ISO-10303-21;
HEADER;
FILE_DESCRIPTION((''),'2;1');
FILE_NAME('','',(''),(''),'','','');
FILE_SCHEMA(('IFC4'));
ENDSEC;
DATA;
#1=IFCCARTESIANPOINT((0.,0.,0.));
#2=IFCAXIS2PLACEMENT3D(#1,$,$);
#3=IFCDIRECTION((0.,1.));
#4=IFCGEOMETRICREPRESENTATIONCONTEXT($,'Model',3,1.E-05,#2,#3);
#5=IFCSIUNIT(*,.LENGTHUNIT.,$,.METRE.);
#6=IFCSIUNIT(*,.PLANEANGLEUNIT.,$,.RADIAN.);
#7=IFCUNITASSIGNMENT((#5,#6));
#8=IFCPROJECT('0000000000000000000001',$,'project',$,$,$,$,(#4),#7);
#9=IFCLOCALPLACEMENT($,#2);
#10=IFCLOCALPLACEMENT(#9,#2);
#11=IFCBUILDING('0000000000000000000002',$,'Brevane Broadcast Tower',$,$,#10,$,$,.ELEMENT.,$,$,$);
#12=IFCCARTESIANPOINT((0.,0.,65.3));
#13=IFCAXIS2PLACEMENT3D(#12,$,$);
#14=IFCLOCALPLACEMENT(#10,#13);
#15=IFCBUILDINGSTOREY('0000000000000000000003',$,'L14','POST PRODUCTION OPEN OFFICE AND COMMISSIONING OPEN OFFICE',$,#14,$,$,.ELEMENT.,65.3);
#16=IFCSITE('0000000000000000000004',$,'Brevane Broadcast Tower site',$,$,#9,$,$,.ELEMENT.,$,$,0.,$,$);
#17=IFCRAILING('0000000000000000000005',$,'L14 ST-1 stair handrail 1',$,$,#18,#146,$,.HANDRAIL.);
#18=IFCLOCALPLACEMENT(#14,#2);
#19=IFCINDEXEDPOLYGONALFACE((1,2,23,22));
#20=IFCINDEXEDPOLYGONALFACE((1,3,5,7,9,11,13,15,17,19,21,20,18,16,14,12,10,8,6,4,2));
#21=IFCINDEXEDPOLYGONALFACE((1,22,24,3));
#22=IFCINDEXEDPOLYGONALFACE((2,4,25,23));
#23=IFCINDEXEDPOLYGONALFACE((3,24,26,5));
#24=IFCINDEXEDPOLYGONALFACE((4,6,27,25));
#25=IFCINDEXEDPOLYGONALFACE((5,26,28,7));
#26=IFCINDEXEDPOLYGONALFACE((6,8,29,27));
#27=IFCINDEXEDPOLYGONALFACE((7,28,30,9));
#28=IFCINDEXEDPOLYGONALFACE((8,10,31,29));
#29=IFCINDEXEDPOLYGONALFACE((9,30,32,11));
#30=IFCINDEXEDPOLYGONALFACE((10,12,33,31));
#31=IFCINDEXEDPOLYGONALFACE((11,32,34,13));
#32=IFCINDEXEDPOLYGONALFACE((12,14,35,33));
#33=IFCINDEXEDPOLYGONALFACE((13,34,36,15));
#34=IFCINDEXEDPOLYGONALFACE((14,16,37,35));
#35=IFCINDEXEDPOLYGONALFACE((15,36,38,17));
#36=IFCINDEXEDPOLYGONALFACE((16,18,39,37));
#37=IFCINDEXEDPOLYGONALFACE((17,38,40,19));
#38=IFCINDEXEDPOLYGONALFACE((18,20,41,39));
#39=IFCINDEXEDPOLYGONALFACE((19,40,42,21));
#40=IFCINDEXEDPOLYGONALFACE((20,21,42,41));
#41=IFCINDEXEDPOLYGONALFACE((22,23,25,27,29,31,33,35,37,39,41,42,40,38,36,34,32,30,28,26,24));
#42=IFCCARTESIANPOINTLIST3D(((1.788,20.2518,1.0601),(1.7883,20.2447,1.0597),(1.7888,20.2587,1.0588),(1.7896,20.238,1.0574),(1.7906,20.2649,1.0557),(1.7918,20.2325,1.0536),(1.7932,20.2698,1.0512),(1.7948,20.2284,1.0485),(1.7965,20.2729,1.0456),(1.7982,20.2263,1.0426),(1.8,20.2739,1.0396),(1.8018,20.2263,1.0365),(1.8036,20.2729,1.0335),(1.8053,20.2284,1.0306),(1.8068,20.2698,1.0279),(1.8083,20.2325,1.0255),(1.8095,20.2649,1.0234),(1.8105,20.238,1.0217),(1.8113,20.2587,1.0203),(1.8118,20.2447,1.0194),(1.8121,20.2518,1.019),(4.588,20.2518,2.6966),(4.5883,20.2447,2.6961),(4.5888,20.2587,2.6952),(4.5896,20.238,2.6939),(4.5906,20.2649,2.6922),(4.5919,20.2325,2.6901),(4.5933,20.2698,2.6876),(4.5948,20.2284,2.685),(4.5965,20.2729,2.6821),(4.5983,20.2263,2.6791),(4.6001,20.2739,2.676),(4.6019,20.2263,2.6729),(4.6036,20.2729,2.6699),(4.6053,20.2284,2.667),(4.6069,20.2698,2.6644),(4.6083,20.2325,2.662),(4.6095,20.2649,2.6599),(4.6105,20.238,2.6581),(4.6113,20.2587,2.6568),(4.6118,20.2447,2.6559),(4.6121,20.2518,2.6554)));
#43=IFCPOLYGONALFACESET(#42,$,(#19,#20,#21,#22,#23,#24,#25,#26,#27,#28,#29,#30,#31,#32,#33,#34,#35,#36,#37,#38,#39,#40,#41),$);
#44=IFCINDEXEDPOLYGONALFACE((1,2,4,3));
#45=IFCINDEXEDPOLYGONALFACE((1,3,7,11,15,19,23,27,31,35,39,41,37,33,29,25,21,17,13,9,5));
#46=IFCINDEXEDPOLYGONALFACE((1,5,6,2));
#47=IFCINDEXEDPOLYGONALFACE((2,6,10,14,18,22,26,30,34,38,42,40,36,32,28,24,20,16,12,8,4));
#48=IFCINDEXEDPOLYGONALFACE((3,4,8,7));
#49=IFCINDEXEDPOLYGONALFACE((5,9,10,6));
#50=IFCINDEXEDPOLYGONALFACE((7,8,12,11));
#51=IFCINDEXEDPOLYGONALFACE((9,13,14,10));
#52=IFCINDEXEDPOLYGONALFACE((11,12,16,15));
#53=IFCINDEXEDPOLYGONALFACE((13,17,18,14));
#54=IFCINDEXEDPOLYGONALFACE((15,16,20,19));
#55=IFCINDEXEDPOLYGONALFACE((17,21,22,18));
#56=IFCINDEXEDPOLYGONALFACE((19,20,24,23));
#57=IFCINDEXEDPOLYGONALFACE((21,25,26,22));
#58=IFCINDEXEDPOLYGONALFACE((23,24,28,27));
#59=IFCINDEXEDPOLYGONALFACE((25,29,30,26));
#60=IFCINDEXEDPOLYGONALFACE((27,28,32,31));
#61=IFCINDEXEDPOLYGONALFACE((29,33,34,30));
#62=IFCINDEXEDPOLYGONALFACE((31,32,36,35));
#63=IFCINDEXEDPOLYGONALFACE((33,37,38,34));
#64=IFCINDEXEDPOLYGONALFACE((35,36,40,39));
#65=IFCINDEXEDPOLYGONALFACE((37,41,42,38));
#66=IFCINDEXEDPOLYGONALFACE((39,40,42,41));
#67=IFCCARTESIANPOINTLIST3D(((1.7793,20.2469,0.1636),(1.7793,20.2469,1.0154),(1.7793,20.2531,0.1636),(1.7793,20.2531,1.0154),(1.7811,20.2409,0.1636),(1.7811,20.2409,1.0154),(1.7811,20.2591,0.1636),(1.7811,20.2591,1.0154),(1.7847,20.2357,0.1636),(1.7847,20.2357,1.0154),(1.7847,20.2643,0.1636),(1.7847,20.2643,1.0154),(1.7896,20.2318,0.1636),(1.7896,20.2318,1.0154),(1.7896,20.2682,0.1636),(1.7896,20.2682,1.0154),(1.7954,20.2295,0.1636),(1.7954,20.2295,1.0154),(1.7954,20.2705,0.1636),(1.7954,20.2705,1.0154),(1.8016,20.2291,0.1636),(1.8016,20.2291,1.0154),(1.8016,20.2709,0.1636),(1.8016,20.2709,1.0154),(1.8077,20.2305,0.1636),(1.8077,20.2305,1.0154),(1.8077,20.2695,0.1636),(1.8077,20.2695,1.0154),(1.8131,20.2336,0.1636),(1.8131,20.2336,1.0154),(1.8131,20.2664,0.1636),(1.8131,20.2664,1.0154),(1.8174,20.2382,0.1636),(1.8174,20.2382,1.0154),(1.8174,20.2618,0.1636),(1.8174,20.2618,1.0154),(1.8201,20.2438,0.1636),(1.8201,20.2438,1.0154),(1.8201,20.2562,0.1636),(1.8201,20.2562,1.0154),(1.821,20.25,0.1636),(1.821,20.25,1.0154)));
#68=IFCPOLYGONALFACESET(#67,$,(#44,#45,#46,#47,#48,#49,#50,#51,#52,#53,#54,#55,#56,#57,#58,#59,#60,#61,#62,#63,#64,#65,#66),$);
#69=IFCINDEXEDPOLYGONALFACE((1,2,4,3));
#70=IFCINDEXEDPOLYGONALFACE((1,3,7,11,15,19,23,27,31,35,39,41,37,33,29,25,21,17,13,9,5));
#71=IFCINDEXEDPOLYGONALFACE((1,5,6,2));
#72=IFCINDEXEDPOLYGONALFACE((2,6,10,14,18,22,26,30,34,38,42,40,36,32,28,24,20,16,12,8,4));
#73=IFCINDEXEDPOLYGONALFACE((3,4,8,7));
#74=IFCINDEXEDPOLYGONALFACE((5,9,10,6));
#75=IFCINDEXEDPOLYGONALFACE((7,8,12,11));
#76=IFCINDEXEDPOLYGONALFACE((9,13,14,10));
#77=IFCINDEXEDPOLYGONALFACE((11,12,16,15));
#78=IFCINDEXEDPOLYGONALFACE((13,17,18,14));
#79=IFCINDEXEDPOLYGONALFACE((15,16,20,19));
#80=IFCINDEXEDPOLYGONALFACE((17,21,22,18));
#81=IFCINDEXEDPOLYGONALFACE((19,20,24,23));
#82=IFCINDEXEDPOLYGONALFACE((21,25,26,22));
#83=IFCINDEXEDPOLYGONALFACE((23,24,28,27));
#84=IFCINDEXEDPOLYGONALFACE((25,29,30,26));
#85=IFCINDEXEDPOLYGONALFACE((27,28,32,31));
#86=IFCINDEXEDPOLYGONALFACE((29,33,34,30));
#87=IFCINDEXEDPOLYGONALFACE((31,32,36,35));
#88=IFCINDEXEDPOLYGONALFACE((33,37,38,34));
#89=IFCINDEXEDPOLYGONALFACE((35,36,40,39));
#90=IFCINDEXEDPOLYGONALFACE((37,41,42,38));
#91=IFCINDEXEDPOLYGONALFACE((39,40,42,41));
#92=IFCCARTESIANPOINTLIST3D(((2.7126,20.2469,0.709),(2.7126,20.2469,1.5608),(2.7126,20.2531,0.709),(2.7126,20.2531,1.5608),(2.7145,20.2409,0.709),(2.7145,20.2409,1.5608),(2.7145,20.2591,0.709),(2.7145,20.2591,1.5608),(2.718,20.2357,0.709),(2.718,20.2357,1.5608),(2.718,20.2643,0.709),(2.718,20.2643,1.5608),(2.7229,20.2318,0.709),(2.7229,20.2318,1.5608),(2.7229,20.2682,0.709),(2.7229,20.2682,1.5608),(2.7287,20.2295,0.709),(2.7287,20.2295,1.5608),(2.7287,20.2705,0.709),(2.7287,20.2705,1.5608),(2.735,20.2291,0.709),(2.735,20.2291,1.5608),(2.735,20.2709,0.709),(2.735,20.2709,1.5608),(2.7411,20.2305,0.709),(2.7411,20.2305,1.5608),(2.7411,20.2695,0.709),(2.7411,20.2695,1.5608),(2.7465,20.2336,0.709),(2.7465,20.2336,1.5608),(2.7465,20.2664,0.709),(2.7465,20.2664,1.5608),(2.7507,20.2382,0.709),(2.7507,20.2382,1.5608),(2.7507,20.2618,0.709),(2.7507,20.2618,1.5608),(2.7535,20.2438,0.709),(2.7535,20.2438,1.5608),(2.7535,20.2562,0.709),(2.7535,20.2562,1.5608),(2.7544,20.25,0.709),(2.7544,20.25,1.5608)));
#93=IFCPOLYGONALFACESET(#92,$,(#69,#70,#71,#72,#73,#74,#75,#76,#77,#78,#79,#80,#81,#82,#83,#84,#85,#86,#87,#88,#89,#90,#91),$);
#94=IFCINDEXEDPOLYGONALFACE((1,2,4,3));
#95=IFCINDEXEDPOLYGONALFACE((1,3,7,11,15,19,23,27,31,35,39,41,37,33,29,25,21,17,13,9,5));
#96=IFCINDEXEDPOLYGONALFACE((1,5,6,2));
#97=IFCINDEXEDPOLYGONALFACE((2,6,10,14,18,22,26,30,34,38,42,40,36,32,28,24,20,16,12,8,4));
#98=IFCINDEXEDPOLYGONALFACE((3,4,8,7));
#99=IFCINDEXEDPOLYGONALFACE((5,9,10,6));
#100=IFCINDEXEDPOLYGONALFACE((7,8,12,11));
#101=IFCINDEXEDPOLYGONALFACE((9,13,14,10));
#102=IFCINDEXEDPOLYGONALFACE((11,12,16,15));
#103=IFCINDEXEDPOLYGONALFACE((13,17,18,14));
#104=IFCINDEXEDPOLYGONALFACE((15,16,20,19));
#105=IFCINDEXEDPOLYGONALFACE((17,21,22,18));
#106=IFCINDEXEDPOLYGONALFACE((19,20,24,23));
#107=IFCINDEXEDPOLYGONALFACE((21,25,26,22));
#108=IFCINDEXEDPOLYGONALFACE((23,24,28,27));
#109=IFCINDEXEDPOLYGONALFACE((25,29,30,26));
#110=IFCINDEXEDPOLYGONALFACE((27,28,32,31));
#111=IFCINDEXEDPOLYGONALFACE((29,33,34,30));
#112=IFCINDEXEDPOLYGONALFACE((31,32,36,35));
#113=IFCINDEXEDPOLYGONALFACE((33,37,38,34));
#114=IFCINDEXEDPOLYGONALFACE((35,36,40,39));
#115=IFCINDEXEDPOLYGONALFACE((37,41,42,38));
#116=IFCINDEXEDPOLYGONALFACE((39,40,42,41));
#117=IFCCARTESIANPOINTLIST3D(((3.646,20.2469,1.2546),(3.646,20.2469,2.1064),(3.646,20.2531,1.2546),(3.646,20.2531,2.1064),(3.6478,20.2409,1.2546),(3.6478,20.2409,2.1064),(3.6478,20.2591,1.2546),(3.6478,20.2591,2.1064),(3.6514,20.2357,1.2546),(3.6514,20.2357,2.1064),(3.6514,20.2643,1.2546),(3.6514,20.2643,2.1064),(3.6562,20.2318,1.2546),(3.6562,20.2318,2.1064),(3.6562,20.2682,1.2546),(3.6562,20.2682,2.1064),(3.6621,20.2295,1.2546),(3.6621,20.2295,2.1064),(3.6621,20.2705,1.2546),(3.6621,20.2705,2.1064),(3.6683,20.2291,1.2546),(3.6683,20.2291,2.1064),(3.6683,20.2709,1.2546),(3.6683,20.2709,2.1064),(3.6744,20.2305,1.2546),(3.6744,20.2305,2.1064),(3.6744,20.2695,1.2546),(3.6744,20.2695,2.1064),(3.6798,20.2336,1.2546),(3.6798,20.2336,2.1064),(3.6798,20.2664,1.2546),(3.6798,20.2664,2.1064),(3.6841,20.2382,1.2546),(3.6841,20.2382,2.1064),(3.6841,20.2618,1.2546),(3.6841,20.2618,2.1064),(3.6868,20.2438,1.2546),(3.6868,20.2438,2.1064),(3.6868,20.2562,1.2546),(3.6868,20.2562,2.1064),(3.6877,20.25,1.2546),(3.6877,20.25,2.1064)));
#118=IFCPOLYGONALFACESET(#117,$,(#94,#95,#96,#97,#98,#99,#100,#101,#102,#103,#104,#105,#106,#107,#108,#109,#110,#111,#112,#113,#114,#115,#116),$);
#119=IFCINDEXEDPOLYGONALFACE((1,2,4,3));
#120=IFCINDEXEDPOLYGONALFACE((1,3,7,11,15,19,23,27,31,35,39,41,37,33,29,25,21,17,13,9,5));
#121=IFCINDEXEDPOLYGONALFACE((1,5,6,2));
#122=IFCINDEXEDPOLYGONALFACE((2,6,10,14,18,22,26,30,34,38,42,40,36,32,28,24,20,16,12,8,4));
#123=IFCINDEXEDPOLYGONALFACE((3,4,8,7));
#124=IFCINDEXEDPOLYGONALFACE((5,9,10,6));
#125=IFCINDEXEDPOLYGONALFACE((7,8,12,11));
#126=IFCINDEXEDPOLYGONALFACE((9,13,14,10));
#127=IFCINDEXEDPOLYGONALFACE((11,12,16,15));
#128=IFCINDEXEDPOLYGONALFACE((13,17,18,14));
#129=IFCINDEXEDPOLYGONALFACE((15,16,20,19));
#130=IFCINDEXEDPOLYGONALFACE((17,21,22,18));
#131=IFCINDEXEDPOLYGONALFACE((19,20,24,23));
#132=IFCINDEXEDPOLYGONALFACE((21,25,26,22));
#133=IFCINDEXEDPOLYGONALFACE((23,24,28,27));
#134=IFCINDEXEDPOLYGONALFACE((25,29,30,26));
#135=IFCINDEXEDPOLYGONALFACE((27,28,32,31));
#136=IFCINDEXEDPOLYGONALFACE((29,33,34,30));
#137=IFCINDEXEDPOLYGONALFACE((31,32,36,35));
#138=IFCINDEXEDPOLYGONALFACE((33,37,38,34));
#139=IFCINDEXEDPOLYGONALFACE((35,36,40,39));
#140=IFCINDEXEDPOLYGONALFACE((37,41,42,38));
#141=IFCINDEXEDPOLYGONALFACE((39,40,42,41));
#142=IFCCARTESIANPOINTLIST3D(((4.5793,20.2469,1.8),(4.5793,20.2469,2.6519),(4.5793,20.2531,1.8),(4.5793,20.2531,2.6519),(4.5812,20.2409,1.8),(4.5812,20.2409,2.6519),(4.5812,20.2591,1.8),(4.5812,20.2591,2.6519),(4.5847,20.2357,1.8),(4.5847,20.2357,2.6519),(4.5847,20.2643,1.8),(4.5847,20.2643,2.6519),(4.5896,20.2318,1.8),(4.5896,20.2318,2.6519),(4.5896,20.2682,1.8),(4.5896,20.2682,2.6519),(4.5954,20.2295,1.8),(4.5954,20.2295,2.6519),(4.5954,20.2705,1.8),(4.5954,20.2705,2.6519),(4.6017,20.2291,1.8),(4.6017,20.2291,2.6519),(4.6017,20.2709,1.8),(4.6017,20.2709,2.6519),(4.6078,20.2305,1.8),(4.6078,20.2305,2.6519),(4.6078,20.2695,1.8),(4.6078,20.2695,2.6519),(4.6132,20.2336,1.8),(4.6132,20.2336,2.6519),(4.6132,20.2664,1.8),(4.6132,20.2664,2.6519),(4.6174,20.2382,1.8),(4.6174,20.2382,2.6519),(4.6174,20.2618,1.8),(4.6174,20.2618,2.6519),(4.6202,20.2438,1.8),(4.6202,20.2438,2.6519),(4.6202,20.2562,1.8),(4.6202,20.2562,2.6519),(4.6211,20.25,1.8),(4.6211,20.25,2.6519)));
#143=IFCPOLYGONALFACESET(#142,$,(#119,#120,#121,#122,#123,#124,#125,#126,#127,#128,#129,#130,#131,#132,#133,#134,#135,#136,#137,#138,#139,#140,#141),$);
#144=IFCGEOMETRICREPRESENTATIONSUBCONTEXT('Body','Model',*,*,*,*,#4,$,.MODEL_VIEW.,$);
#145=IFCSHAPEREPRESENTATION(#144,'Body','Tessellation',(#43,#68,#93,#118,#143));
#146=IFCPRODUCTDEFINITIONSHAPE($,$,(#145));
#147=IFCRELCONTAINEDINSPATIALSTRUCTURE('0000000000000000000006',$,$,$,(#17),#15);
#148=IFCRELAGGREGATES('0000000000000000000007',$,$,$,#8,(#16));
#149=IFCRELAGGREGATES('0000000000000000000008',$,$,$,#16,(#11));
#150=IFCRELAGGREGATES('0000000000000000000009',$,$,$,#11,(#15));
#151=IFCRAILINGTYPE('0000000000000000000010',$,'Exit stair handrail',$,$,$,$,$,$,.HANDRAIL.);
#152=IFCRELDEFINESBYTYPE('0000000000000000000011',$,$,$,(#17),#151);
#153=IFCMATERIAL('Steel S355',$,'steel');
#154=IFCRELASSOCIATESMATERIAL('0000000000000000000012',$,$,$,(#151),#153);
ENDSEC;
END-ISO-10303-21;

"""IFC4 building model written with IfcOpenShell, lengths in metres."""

from ifc_helpers import new_model, si_unit, direction, frame, origin, origin_2d, place, context, subcontext, project, spatial, circle, extrude, material, type_object, element, save


model = new_model("IFC4")

# Units and contexts
model_context = context("Model", 3, precision=1e-05, world=origin(), true_north=direction((0.0, 1.0)))
body_context = subcontext(model_context, "Body", "Model", "MODEL_VIEW")
ifc_project = project(units=[si_unit("LENGTHUNIT", "METRE"), si_unit("PLANEANGLEUNIT", "RADIAN")], contexts=[model_context])

# Site, building, storey
site_placement = place(None, origin())
site = spatial("IfcSite", under=ifc_project, at=site_placement, Name="Brevane Broadcast Tower site", CompositionType="ELEMENT", RefElevation=0.0)
building_placement = place(site_placement, origin())
building = spatial("IfcBuilding", under=site, at=building_placement, Name="Brevane Broadcast Tower", CompositionType="ELEMENT")
storey_placement = place(building_placement, frame((0.0, 0.0, 65.3)))
storey = spatial("IfcBuildingStorey", under=building, at=storey_placement, Name="L14", Description="POST PRODUCTION OPEN OFFICE AND COMMISSIONING OPEN OFFICE", CompositionType="ELEMENT", Elevation=65.3)

# Railing
ifc_material_1 = material(Name="Steel S355", Category="steel")
railing_type_1 = type_object("IfcRailingType", Name="Exit stair handrail", PredefinedType="HANDRAIL", material=ifc_material_1)
railing_1_placement = place(storey_placement, frame((1.8, 20.25, 0.1636)))
element("IfcRailing", 1, at=railing_1_placement, inside=storey, type_object=railing_type_1, Name="L14 ST-1 stair handrail 1", PredefinedType="HANDRAIL", context=body_context, shape_type="SweptSolid", body=[
    extrude(circle(Radius=0.0239, at=origin_2d()), frame((0.0, 0.0, 0.876), z_axis=(0.863361, 0.0, 0.504587), x_axis=(0.0, 1.0, 0.0)), (0.0, 0.0, 1.0), 3.2432),
    extrude(circle(Radius=0.021, at=origin_2d()), origin(), (0.0, 0.0, 1.0), 0.8518),
    extrude(circle(Radius=0.021, at=origin_2d()), frame((0.9333, 0.0, 0.5454)), (0.0, 0.0, 1.0), 0.8518),
    extrude(circle(Radius=0.021, at=origin_2d()), frame((1.8667, 0.0, 1.0911)), (0.0, 0.0, 1.0), 0.8518),
    extrude(circle(Radius=0.021, at=origin_2d()), frame((2.8, 0.0, 1.6365)), (0.0, 0.0, 1.0), 0.8518),
])

save(model, "model.ifc")
